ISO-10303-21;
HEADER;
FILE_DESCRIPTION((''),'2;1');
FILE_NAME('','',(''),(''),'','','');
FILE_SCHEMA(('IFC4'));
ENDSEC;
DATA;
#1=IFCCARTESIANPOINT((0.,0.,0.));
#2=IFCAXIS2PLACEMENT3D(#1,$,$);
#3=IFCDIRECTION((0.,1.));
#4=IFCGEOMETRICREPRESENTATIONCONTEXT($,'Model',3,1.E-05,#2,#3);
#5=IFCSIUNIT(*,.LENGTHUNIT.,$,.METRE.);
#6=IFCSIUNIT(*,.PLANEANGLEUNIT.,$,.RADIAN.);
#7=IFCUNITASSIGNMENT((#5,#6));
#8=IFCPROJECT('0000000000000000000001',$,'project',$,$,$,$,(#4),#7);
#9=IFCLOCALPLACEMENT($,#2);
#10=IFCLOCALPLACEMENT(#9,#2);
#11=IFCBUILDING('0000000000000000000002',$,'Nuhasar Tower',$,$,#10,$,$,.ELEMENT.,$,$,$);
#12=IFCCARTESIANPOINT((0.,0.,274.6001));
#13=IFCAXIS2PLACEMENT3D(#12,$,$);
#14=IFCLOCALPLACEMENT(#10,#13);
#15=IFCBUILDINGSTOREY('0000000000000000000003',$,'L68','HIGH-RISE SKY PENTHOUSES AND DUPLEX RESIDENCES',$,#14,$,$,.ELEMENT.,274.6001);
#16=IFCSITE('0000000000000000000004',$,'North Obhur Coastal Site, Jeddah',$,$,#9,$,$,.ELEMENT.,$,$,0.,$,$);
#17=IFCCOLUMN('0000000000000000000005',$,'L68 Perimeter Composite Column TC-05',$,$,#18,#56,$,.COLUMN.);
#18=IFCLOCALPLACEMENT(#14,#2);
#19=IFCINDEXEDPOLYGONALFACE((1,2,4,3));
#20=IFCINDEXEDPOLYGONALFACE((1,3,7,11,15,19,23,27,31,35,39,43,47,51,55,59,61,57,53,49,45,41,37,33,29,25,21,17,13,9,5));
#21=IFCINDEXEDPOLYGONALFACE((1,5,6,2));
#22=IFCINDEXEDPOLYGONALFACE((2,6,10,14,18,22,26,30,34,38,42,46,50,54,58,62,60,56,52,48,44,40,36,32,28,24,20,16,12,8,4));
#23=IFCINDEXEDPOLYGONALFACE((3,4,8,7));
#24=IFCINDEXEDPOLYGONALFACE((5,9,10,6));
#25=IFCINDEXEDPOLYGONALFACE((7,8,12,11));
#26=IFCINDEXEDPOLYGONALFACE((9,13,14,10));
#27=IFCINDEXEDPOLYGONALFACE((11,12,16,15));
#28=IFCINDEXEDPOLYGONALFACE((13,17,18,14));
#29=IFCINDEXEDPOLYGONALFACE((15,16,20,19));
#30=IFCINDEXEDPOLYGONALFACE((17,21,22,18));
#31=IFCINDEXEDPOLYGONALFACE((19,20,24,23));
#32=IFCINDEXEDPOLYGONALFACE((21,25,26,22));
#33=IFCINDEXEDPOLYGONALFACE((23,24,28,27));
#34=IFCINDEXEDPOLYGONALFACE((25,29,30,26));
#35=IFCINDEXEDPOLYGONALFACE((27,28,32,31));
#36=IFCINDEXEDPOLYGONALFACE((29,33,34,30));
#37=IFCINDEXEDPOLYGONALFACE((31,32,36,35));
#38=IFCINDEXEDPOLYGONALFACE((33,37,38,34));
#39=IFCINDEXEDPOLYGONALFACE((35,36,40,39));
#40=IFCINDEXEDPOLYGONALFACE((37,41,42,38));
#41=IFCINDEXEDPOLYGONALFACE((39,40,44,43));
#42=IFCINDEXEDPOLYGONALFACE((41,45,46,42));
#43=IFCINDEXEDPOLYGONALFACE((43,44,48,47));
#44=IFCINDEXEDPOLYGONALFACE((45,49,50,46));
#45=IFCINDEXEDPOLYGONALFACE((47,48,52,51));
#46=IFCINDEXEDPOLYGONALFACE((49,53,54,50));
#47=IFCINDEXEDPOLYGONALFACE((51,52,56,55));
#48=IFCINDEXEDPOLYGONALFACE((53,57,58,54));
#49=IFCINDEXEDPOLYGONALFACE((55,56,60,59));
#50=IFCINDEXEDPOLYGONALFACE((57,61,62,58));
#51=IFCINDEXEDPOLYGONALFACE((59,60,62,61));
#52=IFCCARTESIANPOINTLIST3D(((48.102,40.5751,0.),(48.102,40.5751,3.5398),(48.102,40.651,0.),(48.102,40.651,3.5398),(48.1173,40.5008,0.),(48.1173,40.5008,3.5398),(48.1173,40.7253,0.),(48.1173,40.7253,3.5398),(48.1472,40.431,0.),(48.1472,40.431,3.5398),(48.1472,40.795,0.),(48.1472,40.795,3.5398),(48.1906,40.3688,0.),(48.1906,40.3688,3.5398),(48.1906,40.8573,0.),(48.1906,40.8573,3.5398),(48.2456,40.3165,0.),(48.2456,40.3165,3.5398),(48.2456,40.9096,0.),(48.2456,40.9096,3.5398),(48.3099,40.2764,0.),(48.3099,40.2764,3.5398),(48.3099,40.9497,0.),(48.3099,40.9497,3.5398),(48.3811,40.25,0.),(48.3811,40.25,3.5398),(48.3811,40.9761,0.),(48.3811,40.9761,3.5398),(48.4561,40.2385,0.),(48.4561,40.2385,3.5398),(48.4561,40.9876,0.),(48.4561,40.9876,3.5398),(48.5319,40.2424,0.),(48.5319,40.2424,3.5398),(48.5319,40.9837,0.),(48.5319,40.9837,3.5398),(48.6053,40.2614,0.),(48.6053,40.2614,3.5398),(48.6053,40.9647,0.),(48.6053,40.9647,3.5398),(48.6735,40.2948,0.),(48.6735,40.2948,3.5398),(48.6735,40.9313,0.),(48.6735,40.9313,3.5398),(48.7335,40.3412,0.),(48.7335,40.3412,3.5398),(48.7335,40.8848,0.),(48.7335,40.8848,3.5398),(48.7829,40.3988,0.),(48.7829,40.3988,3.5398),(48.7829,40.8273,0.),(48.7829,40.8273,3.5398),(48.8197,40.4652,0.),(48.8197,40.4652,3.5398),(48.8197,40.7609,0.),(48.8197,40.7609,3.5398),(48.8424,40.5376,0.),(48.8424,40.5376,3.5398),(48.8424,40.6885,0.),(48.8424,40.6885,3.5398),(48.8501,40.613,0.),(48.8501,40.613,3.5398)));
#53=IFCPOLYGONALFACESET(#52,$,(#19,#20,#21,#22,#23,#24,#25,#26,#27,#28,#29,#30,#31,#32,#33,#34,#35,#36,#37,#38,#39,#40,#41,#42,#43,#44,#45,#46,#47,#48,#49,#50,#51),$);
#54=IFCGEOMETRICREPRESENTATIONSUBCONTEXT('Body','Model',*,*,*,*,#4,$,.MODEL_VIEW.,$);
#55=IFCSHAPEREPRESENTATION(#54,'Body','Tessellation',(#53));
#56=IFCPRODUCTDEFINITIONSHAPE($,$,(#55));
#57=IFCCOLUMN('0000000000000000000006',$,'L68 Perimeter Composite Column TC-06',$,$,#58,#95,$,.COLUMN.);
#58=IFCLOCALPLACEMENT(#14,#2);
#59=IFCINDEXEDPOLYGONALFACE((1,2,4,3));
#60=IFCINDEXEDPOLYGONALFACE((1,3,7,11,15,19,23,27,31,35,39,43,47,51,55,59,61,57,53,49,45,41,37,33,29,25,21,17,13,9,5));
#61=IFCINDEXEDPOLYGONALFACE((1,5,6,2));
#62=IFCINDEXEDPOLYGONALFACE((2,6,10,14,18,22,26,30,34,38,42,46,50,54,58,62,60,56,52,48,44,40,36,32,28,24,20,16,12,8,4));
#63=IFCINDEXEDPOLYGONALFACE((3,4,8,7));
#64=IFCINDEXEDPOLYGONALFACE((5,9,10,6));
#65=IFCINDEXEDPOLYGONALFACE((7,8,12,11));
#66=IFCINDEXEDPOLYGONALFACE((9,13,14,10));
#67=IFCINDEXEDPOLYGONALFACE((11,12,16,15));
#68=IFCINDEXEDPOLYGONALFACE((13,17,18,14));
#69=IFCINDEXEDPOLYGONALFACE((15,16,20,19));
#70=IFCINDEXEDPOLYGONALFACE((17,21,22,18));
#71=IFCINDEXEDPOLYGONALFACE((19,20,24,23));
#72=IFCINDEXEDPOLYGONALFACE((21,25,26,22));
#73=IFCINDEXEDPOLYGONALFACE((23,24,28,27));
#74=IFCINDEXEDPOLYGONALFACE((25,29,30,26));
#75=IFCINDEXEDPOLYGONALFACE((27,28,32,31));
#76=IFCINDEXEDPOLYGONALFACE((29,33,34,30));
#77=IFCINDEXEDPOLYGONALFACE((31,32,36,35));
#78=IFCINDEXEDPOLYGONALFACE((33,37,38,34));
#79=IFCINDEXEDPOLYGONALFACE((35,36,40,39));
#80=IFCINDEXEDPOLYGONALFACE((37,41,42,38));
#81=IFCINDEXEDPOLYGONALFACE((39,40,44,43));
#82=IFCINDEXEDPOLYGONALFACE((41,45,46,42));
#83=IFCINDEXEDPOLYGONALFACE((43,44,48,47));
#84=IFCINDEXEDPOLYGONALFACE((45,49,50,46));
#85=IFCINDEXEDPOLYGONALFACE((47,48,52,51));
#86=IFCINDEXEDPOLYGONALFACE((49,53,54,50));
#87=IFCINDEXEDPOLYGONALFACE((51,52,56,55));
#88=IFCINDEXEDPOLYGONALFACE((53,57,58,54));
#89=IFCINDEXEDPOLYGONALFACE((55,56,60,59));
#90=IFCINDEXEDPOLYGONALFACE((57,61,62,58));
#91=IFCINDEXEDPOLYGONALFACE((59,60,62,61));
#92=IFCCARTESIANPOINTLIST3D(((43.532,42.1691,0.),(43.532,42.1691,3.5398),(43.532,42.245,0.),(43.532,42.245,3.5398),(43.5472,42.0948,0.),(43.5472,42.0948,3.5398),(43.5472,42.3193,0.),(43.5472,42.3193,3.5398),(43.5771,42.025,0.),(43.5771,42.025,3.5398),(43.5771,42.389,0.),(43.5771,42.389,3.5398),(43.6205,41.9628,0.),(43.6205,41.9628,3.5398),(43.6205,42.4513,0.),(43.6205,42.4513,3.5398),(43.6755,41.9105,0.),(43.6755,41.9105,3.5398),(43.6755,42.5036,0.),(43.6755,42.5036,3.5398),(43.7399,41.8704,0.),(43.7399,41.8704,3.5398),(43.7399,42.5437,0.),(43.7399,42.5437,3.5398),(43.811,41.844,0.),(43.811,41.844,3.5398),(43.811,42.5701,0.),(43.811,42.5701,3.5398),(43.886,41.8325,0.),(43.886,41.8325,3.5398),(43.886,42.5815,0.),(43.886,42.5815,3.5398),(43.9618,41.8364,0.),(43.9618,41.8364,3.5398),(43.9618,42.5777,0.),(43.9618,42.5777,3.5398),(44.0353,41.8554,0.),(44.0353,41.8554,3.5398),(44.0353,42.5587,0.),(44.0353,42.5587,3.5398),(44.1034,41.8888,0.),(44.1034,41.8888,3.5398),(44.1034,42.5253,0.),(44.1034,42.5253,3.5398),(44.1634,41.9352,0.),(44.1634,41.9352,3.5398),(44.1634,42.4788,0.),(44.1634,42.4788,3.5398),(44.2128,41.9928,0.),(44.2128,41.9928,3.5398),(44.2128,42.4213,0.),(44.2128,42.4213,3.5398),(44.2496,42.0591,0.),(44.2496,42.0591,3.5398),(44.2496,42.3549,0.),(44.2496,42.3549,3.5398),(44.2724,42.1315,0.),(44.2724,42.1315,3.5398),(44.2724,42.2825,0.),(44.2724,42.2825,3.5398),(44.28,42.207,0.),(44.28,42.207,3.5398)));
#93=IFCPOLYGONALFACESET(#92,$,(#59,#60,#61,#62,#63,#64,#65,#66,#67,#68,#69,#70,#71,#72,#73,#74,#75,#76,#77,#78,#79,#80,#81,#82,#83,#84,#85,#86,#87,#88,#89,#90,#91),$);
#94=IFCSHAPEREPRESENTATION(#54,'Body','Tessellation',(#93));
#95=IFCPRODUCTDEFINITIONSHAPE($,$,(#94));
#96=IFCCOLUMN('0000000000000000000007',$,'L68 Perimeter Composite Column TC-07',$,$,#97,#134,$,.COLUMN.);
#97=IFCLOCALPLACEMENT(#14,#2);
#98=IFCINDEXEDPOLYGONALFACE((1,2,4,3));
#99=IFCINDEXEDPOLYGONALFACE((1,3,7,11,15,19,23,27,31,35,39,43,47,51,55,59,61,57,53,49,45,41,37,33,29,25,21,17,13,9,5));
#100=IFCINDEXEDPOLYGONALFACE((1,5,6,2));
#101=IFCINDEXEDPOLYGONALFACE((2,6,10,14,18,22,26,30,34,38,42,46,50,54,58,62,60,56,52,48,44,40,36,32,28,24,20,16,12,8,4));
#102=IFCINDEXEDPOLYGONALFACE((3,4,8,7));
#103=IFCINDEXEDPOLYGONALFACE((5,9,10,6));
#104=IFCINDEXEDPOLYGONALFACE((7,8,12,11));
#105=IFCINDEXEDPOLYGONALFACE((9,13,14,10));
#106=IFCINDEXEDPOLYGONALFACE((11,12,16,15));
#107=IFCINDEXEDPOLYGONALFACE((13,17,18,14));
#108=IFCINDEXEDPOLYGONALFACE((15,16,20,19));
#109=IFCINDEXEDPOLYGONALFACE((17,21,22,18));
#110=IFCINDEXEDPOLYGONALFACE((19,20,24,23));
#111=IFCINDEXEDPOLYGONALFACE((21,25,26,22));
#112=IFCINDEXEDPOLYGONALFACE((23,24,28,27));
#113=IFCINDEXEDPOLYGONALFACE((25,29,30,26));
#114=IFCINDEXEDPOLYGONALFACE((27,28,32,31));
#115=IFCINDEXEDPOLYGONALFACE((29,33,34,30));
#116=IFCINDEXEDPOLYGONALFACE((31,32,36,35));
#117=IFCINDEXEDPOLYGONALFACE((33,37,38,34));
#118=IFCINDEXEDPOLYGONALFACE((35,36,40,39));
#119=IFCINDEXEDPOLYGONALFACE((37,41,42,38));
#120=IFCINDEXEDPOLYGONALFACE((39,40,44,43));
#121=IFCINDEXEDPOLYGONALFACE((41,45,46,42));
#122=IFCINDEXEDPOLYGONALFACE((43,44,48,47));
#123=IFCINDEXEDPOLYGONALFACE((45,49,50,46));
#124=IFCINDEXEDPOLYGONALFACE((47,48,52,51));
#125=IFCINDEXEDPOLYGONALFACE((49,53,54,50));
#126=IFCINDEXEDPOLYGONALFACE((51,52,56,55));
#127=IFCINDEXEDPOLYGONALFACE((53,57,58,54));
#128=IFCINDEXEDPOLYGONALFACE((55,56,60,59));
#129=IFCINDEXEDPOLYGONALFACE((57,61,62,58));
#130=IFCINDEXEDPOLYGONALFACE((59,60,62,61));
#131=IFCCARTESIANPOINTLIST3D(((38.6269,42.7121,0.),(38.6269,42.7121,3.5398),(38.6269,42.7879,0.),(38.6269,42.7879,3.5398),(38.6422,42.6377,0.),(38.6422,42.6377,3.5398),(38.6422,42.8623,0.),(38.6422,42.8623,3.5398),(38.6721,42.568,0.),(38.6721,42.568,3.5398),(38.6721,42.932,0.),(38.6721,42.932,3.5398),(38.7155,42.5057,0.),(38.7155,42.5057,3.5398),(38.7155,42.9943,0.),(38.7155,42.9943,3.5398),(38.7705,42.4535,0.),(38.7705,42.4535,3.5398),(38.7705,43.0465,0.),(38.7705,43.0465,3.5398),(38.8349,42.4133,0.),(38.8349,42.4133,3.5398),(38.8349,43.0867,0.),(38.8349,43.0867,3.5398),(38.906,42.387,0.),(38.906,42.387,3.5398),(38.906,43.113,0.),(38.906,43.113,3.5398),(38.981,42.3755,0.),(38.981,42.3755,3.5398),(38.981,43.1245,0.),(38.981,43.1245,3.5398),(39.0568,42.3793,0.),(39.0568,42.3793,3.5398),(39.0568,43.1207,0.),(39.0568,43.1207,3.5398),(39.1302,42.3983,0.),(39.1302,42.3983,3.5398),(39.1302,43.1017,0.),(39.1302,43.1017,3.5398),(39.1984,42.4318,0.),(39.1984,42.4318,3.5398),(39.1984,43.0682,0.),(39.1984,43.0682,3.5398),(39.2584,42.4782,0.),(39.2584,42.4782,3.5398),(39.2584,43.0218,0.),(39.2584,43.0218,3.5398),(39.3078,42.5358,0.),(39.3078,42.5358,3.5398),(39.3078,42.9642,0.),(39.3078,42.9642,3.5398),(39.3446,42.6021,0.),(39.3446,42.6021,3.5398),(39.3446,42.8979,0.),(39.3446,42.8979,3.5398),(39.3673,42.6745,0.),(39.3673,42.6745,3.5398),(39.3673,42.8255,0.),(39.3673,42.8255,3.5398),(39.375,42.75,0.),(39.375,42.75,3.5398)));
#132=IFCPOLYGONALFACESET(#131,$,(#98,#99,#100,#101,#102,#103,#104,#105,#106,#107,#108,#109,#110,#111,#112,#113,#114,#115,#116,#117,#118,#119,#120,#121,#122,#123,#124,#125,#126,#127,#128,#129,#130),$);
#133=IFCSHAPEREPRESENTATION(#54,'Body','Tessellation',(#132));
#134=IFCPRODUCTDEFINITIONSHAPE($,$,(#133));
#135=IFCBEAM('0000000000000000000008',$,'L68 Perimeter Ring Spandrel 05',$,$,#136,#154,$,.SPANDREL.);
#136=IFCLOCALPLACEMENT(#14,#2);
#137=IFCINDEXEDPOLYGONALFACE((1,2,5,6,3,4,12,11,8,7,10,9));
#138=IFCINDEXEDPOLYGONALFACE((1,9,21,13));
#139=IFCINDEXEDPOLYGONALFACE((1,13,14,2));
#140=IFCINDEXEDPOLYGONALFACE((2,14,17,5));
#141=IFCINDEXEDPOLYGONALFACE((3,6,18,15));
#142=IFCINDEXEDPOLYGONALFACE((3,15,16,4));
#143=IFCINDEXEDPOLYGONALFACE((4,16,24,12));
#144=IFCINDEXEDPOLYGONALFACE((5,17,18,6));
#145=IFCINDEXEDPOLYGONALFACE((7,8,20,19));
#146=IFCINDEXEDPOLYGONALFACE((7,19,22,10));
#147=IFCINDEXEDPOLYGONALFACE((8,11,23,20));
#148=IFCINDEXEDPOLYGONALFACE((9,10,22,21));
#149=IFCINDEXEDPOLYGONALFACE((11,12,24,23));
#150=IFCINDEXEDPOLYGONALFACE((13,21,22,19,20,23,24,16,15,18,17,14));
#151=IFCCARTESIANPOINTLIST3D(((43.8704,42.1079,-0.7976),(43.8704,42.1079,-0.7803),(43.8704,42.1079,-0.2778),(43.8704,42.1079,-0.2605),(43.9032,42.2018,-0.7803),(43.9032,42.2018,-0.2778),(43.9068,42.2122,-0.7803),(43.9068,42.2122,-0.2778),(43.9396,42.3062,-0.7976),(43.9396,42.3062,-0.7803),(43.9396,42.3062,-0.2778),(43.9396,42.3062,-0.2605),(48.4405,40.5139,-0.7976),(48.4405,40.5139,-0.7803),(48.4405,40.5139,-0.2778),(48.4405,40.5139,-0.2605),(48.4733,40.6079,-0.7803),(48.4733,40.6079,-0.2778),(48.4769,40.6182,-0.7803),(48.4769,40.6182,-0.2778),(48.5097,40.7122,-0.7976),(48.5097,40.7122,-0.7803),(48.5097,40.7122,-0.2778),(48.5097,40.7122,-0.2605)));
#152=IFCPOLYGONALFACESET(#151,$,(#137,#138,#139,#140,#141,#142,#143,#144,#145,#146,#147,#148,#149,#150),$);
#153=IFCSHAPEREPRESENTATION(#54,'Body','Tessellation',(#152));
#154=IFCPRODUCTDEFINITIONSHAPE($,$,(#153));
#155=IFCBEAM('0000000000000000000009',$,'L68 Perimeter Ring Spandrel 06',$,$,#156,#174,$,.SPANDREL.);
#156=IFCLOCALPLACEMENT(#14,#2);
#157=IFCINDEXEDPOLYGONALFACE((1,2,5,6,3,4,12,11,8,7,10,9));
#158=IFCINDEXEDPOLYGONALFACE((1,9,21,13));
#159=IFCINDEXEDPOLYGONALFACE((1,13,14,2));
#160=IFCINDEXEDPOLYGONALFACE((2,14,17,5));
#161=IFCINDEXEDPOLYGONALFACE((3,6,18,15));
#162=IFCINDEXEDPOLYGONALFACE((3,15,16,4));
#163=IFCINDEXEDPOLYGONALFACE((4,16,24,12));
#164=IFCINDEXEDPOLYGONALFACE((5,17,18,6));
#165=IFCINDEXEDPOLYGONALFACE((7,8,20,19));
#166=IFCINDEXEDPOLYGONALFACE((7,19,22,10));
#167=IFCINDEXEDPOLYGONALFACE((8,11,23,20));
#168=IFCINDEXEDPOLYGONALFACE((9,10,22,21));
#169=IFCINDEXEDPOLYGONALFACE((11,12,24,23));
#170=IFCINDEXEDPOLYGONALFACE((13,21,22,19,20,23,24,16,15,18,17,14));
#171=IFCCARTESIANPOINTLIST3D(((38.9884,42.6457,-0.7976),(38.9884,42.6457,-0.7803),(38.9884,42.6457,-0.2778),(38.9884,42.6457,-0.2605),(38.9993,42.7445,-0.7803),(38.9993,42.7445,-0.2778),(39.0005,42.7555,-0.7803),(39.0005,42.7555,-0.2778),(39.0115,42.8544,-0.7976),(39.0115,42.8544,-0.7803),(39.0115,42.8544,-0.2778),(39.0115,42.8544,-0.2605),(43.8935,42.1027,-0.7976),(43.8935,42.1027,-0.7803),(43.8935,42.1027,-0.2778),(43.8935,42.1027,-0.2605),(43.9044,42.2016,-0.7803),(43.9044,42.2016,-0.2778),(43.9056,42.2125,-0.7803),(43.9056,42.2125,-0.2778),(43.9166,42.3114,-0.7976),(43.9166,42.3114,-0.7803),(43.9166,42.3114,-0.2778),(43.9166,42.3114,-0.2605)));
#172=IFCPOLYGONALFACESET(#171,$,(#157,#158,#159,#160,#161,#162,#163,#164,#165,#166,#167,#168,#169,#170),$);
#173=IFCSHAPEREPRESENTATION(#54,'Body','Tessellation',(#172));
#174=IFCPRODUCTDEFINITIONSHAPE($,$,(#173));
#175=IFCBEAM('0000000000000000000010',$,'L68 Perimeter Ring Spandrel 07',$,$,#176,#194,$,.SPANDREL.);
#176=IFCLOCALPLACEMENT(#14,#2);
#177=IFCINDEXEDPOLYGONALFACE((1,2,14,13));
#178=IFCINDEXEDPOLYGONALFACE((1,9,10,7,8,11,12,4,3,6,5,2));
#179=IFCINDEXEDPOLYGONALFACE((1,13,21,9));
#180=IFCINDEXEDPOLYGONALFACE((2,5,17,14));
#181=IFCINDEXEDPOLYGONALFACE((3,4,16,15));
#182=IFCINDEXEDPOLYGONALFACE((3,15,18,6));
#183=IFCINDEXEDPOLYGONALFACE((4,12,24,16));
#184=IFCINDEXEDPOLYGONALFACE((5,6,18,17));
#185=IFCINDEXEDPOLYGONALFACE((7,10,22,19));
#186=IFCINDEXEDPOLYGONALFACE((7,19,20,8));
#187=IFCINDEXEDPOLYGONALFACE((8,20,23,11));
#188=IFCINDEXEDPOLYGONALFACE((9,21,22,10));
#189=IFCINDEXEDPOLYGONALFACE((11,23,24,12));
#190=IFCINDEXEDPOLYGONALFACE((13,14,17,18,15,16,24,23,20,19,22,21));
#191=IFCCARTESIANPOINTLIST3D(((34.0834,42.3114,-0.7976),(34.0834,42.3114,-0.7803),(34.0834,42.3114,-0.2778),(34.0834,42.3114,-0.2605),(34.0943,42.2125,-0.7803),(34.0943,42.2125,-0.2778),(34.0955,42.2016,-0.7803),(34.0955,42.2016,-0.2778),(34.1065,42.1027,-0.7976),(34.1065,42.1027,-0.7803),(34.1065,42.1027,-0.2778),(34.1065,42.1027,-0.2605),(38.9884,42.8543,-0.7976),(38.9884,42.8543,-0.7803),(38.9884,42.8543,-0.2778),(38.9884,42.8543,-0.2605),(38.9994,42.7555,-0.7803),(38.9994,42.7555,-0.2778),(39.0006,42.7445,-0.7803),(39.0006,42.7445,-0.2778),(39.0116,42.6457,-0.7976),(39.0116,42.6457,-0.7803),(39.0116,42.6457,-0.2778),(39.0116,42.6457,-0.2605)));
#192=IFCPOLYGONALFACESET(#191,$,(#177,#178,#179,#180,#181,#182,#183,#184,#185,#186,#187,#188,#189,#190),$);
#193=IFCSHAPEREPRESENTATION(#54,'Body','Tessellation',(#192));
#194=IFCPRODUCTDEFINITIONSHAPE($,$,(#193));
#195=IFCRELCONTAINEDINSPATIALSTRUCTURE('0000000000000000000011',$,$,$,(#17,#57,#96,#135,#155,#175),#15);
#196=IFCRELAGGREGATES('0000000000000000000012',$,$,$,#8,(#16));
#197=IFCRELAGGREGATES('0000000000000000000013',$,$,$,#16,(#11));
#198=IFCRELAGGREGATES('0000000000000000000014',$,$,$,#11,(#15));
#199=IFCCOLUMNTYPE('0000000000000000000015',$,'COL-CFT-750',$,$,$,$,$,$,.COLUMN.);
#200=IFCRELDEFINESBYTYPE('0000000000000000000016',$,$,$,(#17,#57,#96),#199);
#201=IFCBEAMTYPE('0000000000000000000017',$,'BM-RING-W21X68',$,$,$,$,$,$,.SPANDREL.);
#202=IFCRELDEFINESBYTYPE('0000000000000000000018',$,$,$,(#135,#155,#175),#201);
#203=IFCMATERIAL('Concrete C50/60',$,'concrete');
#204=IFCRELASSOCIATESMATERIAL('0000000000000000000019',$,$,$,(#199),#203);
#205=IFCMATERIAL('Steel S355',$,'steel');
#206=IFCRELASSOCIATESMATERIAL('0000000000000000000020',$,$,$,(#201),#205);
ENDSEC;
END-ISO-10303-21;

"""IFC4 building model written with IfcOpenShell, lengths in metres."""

from ifc_helpers import new_model, si_unit, direction, frame, origin, origin_2d, place, context, subcontext, project, spatial, circle, i_section, extrude, material, material_profile, profile_set, type_object, element, save


model = new_model("IFC4")

# Units and contexts
model_context = context("Model", 3, precision=1e-05, world=origin(), true_north=direction((0.0, 1.0)))
body_context = subcontext(model_context, "Body", "Model", "MODEL_VIEW")
ifc_project = project(units=[si_unit("LENGTHUNIT", "METRE"), si_unit("PLANEANGLEUNIT", "RADIAN")], contexts=[model_context])

# Site, building, storey
site_placement = place(None, origin())
site = spatial("IfcSite", under=ifc_project, at=site_placement, Name="North Obhur Coastal Site, Jeddah", CompositionType="ELEMENT", RefElevation=0.0)
building_placement = place(site_placement, origin())
building = spatial("IfcBuilding", under=site, at=building_placement, Name="Nuhasar Tower", CompositionType="ELEMENT")
storey_placement = place(building_placement, frame((0.0, 0.0, 274.6001)))
storey = spatial("IfcBuildingStorey", under=building, at=storey_placement, Name="L68", Description="HIGH-RISE SKY PENTHOUSES AND DUPLEX RESIDENCES", CompositionType="ELEMENT", Elevation=274.6001)

# Columns
ifc_material_1 = material(Name="Concrete C50/60", Category="concrete")
ifc_material_profile_1 = material_profile(ifc_material_1, circle(Radius=0.375, at=origin_2d()), Name="CFT750")
ifc_profile_set_1 = profile_set([ifc_material_profile_1], Name="Concrete C50/60")
column_type = type_object("IfcColumnType", Name="COL-CFT-750", PredefinedType="COLUMN", material=ifc_profile_set_1)
for number, where, z_axis, x_axis, name in (
    (1, (48.4751, 40.613, 0.0), (0.0, 0.0, 1.0), (1.0, 0.0, 0.0), "L68 Perimeter Composite Column TC-05"),
    (2, (43.905, 42.207, 0.0), (0.0, 0.0, 1.0), (1.0, 0.0, 0.0), "L68 Perimeter Composite Column TC-06"),
    (3, (39.0, 42.75, 0.0), (0.0, 0.0, 1.0), (1.0, 0.0, 0.0), "L68 Perimeter Composite Column TC-07"),
):
    element("IfcColumn", number, at=place(storey_placement, frame(where, z_axis=z_axis, x_axis=x_axis)), inside=storey, type_object=column_type, Name=name, PredefinedType="COLUMN", context=body_context, shape_type="SweptSolid", body=[
        extrude(circle(Radius=0.375, at=origin_2d()), origin(), (0.0, 0.0, 1.0), 3.5398),
    ])

# Beams
ifc_material_2 = material(Name="Steel S355", Category="steel")
ifc_material_profile_2 = material_profile(ifc_material_2, i_section(OverallWidth=0.21, OverallDepth=0.5371, WebThickness=0.011, FlangeThickness=0.0173, at=origin_2d()), Name="W21X68")
ifc_profile_set_2 = profile_set([ifc_material_profile_2], Name="Steel S355")
beam_type_1 = type_object("IfcBeamType", Name="BM-RING-W21X68", PredefinedType="SPANDREL", material=ifc_profile_set_2)
beam_1_placement = place(storey_placement, frame((48.4751, 40.613, -0.5291), z_axis=(-0.944214, 0.329332, 0.0), x_axis=(-0.329332, -0.944214, 0.0)))
element("IfcBeam", 4, at=beam_1_placement, inside=storey, type_object=beam_type_1, Name="L68 Perimeter Ring Spandrel 05", PredefinedType="SPANDREL", context=body_context, shape_type="SweptSolid", body=[
    extrude(i_section(OverallWidth=0.21, OverallDepth=0.5371, WebThickness=0.011, FlangeThickness=0.0173, at=origin_2d()), origin(), (0.0, 0.0, 1.0), 4.8401),
])
for number, where, z_axis, x_axis, name in (
    (5, (43.905, 42.207, -0.5291), (-0.993929, 0.110024, 0.0), (-0.110024, -0.993929, 0.0), "L68 Perimeter Ring Spandrel 06"),
    (6, (39.0, 42.75, -0.5291), (-0.993929, -0.110024, 0.0), (0.110024, -0.993929, 0.0), "L68 Perimeter Ring Spandrel 07"),
):
    element("IfcBeam", number, at=place(storey_placement, frame(where, z_axis=z_axis, x_axis=x_axis)), inside=storey, type_object=beam_type_1, Name=name, PredefinedType="SPANDREL", context=body_context, shape_type="SweptSolid", body=[
        extrude(i_section(OverallWidth=0.21, OverallDepth=0.5371, WebThickness=0.011, FlangeThickness=0.0173, at=origin_2d()), origin(), (0.0, 0.0, 1.0), 4.9351),
    ])

save(model, "model.ifc")
